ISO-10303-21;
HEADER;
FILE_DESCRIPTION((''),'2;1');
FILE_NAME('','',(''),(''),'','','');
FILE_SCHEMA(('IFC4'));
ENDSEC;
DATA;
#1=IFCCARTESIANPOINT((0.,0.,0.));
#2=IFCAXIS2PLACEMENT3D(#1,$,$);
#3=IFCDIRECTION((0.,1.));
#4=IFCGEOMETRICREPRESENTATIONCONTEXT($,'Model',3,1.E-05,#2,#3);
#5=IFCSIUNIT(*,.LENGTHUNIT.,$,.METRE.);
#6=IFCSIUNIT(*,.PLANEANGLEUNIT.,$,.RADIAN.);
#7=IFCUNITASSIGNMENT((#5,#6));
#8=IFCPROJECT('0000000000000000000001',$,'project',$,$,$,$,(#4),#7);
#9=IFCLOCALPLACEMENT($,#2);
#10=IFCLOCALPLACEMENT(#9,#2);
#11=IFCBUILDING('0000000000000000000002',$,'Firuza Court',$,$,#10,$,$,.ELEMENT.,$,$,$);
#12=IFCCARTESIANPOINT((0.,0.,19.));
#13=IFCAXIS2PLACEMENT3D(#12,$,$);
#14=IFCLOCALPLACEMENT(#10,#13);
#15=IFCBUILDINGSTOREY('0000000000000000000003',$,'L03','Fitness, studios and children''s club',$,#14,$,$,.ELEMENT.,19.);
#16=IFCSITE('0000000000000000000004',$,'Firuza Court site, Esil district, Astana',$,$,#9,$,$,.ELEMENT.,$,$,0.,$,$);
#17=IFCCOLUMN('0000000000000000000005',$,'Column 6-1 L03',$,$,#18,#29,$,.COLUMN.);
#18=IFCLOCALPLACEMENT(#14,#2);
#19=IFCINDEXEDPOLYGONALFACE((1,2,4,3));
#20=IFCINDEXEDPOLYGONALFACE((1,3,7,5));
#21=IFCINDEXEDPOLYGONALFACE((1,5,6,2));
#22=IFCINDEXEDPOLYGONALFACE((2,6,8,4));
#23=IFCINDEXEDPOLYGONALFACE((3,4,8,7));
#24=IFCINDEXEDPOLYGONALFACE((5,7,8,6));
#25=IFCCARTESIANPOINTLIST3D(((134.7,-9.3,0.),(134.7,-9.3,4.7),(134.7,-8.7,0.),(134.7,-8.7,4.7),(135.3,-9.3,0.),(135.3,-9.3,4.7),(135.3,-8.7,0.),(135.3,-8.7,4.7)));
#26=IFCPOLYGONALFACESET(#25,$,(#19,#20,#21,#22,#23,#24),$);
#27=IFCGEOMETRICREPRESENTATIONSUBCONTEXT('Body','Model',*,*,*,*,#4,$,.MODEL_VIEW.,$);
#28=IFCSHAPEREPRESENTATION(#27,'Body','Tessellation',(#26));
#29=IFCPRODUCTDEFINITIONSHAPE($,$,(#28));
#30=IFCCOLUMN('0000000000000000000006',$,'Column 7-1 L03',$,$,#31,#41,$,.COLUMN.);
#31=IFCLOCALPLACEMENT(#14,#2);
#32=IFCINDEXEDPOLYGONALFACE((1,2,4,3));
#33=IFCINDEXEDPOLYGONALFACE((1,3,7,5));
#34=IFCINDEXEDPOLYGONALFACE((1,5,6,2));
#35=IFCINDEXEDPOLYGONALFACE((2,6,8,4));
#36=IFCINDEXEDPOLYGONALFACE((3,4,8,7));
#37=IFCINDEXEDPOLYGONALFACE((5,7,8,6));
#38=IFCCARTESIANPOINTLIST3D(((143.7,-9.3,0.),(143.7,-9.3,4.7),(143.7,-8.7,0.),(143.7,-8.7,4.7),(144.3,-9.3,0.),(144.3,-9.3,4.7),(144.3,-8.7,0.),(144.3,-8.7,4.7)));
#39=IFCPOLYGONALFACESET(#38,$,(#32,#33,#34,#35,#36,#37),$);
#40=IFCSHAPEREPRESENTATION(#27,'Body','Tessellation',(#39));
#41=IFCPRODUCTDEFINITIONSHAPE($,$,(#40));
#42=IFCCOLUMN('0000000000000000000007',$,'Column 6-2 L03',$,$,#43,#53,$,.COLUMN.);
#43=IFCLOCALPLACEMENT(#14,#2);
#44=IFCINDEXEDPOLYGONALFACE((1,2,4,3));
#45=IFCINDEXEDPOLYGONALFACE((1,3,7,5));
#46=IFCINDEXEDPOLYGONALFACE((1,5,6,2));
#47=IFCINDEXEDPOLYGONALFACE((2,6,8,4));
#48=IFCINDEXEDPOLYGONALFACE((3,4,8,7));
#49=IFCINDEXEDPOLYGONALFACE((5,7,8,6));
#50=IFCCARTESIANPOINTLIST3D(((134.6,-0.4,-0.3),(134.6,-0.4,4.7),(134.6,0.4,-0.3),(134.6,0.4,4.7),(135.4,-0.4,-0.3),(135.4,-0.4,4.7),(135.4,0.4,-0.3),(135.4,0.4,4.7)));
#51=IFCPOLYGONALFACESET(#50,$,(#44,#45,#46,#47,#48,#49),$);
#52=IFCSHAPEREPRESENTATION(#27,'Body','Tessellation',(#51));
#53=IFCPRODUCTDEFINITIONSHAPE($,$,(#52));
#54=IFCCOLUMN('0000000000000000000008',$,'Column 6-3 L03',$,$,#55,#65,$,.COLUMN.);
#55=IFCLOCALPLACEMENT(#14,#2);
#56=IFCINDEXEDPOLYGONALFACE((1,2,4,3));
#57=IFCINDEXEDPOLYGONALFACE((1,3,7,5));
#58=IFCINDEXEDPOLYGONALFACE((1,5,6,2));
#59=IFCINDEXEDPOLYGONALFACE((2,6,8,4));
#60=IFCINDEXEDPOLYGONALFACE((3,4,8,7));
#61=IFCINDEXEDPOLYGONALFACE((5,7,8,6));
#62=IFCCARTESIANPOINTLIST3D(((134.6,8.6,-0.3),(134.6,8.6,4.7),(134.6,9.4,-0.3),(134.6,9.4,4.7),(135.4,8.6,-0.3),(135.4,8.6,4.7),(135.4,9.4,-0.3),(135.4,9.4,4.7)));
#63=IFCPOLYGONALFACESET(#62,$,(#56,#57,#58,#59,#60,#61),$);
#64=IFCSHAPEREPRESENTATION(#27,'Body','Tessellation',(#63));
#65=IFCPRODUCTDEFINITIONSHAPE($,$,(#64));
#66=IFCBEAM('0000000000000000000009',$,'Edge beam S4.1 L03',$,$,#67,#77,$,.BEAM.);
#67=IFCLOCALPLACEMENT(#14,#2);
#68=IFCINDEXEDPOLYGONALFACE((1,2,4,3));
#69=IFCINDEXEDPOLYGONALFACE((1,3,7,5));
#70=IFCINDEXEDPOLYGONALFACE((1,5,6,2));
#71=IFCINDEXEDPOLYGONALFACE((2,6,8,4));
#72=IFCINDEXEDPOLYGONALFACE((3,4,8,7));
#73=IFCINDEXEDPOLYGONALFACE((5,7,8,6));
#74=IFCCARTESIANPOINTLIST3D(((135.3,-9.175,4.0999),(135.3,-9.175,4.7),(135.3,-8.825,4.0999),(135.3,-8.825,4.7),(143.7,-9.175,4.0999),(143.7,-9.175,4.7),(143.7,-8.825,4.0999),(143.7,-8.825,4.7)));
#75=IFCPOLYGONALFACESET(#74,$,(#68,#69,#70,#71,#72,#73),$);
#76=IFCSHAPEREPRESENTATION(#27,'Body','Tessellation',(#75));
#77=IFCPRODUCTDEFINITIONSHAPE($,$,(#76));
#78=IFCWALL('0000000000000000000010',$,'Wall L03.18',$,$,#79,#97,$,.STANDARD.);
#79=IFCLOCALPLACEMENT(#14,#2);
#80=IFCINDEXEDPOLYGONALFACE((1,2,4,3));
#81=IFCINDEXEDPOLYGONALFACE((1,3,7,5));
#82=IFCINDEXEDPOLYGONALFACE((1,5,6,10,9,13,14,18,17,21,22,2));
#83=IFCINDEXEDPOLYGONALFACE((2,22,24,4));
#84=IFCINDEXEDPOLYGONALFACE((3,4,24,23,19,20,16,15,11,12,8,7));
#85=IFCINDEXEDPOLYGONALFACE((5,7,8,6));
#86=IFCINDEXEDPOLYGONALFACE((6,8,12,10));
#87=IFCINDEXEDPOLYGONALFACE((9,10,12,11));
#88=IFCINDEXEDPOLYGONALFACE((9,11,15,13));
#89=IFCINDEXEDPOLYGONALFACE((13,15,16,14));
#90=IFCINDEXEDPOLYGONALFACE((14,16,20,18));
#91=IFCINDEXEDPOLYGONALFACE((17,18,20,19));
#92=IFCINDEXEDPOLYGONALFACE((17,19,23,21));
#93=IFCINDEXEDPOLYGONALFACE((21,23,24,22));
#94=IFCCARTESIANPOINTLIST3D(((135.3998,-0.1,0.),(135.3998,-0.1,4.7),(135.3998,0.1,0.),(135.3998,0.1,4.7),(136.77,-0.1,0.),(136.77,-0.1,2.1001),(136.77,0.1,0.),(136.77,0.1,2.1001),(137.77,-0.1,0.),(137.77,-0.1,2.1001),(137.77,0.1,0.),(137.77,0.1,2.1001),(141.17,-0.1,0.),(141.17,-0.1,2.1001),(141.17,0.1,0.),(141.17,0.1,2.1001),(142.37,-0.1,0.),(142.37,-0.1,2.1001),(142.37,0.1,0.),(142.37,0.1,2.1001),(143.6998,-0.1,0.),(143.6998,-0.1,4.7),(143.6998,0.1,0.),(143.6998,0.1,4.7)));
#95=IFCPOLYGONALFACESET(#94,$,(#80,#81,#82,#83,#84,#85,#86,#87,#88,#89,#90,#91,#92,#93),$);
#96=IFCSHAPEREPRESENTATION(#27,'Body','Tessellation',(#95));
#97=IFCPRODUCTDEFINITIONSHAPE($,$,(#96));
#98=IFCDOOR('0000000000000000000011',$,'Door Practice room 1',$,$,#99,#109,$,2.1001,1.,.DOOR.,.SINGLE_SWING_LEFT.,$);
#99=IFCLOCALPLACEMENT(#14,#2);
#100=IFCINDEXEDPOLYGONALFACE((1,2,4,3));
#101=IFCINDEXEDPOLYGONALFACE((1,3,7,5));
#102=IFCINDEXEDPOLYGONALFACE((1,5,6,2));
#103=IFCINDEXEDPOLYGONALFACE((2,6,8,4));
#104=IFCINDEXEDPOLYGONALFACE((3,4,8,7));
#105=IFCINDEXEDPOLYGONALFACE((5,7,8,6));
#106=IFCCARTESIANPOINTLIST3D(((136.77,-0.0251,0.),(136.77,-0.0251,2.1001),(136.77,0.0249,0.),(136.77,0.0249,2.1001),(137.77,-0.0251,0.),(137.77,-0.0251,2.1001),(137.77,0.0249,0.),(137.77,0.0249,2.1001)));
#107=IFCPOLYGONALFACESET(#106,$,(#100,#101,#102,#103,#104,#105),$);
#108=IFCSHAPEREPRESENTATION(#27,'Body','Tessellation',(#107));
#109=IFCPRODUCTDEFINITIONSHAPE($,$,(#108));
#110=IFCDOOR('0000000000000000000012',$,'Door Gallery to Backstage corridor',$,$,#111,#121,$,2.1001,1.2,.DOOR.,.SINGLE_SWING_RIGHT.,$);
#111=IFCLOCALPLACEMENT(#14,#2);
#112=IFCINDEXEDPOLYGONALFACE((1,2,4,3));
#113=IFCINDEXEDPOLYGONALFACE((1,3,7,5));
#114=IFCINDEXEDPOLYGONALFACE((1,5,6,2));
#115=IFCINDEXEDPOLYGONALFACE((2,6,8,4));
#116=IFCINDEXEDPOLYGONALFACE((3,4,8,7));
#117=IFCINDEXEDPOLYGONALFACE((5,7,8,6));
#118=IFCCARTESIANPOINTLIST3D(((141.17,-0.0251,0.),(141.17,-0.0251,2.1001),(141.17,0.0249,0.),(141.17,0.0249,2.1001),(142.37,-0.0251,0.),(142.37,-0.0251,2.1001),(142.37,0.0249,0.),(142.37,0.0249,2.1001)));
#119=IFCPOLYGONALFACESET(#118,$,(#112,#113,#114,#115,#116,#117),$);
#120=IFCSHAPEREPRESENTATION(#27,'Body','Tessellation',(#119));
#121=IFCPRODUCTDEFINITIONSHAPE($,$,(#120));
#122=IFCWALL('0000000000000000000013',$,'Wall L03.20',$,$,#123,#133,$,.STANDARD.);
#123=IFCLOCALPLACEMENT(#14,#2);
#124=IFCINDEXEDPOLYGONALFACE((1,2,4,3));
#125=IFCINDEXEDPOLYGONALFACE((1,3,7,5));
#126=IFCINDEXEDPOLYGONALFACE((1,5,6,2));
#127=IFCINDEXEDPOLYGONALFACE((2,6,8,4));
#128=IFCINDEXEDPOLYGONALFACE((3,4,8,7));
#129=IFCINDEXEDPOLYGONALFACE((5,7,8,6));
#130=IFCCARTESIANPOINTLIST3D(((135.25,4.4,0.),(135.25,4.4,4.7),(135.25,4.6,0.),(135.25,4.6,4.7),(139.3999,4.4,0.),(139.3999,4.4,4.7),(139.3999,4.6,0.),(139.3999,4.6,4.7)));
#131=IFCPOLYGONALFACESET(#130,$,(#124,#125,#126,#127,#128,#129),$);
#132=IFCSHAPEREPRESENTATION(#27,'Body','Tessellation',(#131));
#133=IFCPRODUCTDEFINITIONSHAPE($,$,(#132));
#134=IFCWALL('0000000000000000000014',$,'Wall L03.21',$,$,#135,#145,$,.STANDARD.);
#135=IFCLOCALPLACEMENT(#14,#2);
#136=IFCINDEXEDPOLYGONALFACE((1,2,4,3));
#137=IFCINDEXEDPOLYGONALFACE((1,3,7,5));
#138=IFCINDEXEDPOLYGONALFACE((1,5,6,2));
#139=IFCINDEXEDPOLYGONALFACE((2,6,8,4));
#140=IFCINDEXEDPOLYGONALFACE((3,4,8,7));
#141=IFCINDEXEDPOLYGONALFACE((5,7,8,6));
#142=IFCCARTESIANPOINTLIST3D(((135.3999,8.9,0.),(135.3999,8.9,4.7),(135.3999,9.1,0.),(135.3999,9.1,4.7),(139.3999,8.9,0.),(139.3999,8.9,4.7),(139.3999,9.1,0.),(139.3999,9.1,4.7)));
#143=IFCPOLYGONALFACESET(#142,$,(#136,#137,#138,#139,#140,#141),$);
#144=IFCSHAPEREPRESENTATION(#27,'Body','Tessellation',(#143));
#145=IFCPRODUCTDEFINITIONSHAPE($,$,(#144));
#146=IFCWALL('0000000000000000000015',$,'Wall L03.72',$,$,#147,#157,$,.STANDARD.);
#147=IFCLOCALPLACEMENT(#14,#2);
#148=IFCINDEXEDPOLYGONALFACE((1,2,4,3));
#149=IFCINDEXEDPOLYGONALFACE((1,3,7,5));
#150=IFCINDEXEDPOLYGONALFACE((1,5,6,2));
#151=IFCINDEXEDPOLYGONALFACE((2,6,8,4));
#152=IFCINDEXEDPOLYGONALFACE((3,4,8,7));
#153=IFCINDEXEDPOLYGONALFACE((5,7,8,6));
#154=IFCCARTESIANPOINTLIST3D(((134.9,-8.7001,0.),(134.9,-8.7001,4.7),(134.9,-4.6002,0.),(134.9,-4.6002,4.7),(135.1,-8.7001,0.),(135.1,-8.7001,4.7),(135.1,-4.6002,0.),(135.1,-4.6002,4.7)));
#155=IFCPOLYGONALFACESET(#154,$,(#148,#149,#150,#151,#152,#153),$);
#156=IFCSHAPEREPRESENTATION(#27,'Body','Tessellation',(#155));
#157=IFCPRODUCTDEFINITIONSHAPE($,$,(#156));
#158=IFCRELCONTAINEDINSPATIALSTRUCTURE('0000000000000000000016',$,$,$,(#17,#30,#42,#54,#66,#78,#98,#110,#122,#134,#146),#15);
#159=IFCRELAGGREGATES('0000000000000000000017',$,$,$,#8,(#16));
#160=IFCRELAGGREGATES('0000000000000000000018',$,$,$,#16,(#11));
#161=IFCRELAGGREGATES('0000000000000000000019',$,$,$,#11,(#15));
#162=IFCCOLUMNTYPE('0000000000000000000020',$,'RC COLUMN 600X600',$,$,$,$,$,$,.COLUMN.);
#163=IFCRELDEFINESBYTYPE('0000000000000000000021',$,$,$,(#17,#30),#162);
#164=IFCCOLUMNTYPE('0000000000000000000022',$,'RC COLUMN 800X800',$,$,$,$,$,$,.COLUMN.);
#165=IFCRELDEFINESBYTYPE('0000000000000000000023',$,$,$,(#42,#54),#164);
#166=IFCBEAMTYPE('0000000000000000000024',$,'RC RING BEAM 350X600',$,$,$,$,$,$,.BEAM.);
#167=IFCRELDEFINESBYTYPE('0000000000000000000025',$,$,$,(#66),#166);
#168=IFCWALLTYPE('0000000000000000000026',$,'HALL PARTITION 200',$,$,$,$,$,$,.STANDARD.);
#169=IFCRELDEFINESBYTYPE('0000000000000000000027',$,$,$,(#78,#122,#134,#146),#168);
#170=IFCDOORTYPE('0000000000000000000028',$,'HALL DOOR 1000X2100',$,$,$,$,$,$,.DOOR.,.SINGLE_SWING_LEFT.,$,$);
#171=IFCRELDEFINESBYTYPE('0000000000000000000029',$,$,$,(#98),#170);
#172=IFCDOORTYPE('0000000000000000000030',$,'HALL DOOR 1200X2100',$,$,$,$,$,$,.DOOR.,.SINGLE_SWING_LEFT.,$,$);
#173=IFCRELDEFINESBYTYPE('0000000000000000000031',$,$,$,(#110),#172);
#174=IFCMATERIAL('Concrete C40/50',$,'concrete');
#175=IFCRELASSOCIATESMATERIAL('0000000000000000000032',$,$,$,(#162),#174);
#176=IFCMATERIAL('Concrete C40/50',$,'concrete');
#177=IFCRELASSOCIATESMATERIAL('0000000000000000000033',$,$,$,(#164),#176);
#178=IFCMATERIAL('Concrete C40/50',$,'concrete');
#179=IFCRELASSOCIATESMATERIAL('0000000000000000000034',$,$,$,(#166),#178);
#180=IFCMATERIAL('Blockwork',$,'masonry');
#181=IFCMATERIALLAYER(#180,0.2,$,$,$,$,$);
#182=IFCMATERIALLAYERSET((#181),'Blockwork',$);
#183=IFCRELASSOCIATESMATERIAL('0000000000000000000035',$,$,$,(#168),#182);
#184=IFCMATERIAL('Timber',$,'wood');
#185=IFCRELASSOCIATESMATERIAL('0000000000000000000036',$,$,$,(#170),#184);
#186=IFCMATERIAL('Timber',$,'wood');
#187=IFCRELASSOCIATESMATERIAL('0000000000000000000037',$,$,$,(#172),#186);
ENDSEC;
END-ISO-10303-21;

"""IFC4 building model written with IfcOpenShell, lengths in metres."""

from ifc_helpers import new_model, si_unit, direction, frame, frame_2d, origin, origin_2d, place, context, subcontext, project, spatial, rectangle, extrude, material, layer, layer_set, material_profile, profile_set, type_object, element, fill, save


model = new_model("IFC4")

# Units and contexts
model_context = context("Model", 3, precision=1e-05, world=origin(), true_north=direction((0.0, 1.0)))
body_context = subcontext(model_context, "Body", "Model", "MODEL_VIEW")
ifc_project = project(units=[si_unit("LENGTHUNIT", "METRE"), si_unit("PLANEANGLEUNIT", "RADIAN")], contexts=[model_context])

# Site, building, storey
site_placement = place(None, origin())
site = spatial("IfcSite", under=ifc_project, at=site_placement, Name="Firuza Court site, Esil district, Astana", CompositionType="ELEMENT", RefElevation=0.0)
building_placement = place(site_placement, origin())
building = spatial("IfcBuilding", under=site, at=building_placement, Name="Firuza Court", CompositionType="ELEMENT")
storey_placement = place(building_placement, frame((0.0, 0.0, 19.0)))
storey = spatial("IfcBuildingStorey", under=building, at=storey_placement, Name="L03", Description="Fitness, studios and children's club", CompositionType="ELEMENT", Elevation=19.0)

# Columns
ifc_material_1 = material(Name="Concrete C40/50", Category="concrete")
ifc_material_profile_1 = material_profile(ifc_material_1, rectangle(XDim=0.6001, YDim=0.6001, at=origin_2d()), Name="RC 600X600")
ifc_profile_set_1 = profile_set([ifc_material_profile_1], Name="Concrete C40/50")
column_type_1 = type_object("IfcColumnType", Name="RC COLUMN 600X600", PredefinedType="COLUMN", material=ifc_profile_set_1)
for number, where, z_axis, x_axis, name in (
    (1, (135.0, -9.0, 0.0), (0.0, 0.0, 1.0), (1.0, 0.0, 0.0), "Column 6-1 L03"),
    (2, (144.0, -9.0, 0.0), (0.0, 0.0, 1.0), (1.0, 0.0, 0.0), "Column 7-1 L03"),
):
    element("IfcColumn", number, at=place(storey_placement, frame(where, z_axis=z_axis, x_axis=x_axis)), inside=storey, type_object=column_type_1, Name=name, PredefinedType="COLUMN", context=body_context, shape_type="SweptSolid", body=[
        extrude(rectangle(XDim=0.6001, YDim=0.6001, at=origin_2d()), origin(), (0.0, 0.0, 1.0), 4.7),
    ])
ifc_material_2 = material(Name="Concrete C40/50", Category="concrete")
ifc_material_profile_2 = material_profile(ifc_material_2, rectangle(XDim=0.8, YDim=0.8, at=origin_2d()), Name="RC 800X800")
ifc_profile_set_2 = profile_set([ifc_material_profile_2], Name="Concrete C40/50")
column_type_2 = type_object("IfcColumnType", Name="RC COLUMN 800X800", PredefinedType="COLUMN", material=ifc_profile_set_2)
for number, where, z_axis, x_axis, name in (
    (3, (135.0, 0.0, -0.3), (0.0, 0.0, 1.0), (1.0, 0.0, 0.0), "Column 6-2 L03"),
    (4, (135.0, 9.0, -0.3), (0.0, 0.0, 1.0), (1.0, 0.0, 0.0), "Column 6-3 L03"),
):
    element("IfcColumn", number, at=place(storey_placement, frame(where, z_axis=z_axis, x_axis=x_axis)), inside=storey, type_object=column_type_2, Name=name, PredefinedType="COLUMN", context=body_context, shape_type="SweptSolid", body=[
        extrude(rectangle(XDim=0.8, YDim=0.8, at=origin_2d()), origin(), (0.0, 0.0, 1.0), 5.0),
    ])

# Beam
ifc_material_3 = material(Name="Concrete C40/50", Category="concrete")
ifc_material_profile_3 = material_profile(ifc_material_3, rectangle(XDim=0.3501, YDim=0.6001, at=origin_2d()), Name="RC 350X600")
ifc_profile_set_3 = profile_set([ifc_material_profile_3], Name="Concrete C40/50")
beam_type = type_object("IfcBeamType", Name="RC RING BEAM 350X600", PredefinedType="BEAM", material=ifc_profile_set_3)
beam_placement = place(storey_placement, frame((135.3, -9.0, 4.3999), z_axis=(1.0, 0.0, 0.0), x_axis=(0.0, 1.0, 0.0)))
element("IfcBeam", 5, at=beam_placement, inside=storey, type_object=beam_type, Name="Edge beam S4.1 L03", PredefinedType="BEAM", context=body_context, shape_type="SweptSolid", body=[
    extrude(rectangle(XDim=0.3501, YDim=0.6001, at=origin_2d()), origin(), (0.0, 0.0, 1.0), 8.3999),
])

# Wall, openings, doors
ifc_material_4 = material(Name="Blockwork", Category="masonry")
ifc_layer_1 = layer(ifc_material_4, 0.2)
ifc_layer_set_1 = layer_set([ifc_layer_1], Name="Blockwork")
wall_type_1 = type_object("IfcWallType", Name="HALL PARTITION 200", PredefinedType="STANDARD", material=ifc_layer_set_1)
wall_1_placement = place(storey_placement, frame((135.3999, 0.0, 0.0), z_axis=(0.0, 0.0, 1.0), x_axis=(1.0, 0.0, 0.0)))
wall_1 = element("IfcWall", 6, at=wall_1_placement, inside=storey, type_object=wall_type_1, Name="Wall L03.18", PredefinedType="STANDARD", context=body_context, shape_type="SweptSolid", body=[
    extrude(rectangle(XDim=8.3, YDim=0.2, at=frame_2d((4.1499, 0.0))), origin(), (0.0, 0.0, 1.0), 4.7),
])
opening_1_placement = place(wall_1_placement, frame((5.77, 0.0, 0.0)))
opening_1 = element("IfcOpeningElement", 7, at=opening_1_placement, cuts=wall_1, PredefinedType="OPENING", context=body_context, shape_type="SweptSolid", body=[
    extrude(rectangle(XDim=1.2, YDim=2.1001, at=frame_2d((0.6001, 1.05))), frame((0.0, 0.1118, 0.0), z_axis=(0.0, -1.0, 0.0), x_axis=(1.0, 0.0, 0.0)), (0.0, 0.0, 1.0), 0.2239),
])
opening_2_placement = place(wall_1_placement, frame((1.3701, 0.0, 0.0)))
opening_2 = element("IfcOpeningElement", 8, at=opening_2_placement, cuts=wall_1, PredefinedType="OPENING", context=body_context, shape_type="SweptSolid", body=[
    extrude(rectangle(XDim=1.0, YDim=2.1001, at=frame_2d((0.5, 1.05))), frame((0.0, 0.1118, 0.0), z_axis=(0.0, -1.0, 0.0), x_axis=(1.0, 0.0, 0.0)), (0.0, 0.0, 1.0), 0.2239),
])
ifc_material_5 = material(Name="Timber", Category="wood")
door_type_1 = type_object("IfcDoorType", Name="HALL DOOR 1000X2100", OperationType="SINGLE_SWING_LEFT", PredefinedType="DOOR", material=ifc_material_5)
door_1_placement = place(opening_2_placement, origin())
door_1 = element("IfcDoor", 9, at=door_1_placement, inside=storey, type_object=door_type_1, Name="Door Practice room 1", OperationType="SINGLE_SWING_LEFT", OverallHeight=2.1001, OverallWidth=1.0, PredefinedType="DOOR", context=body_context, shape_type="SweptSolid", body=[
    extrude(rectangle(XDim=1.0, YDim=2.1001, at=frame_2d((0.5, 1.05))), frame((0.0, 0.0249, 0.0), z_axis=(0.0, -1.0, 0.0), x_axis=(1.0, 0.0, 0.0)), (0.0, 0.0, 1.0), 0.05),
])
fill(opening_2, door_1)
ifc_material_6 = material(Name="Timber", Category="wood")
door_type_2 = type_object("IfcDoorType", Name="HALL DOOR 1200X2100", OperationType="SINGLE_SWING_LEFT", PredefinedType="DOOR", material=ifc_material_6)
door_2_placement = place(opening_1_placement, origin())
door_2 = element("IfcDoor", 10, at=door_2_placement, inside=storey, type_object=door_type_2, Name="Door Gallery to Backstage corridor", OperationType="SINGLE_SWING_RIGHT", OverallHeight=2.1001, OverallWidth=1.2, PredefinedType="DOOR", context=body_context, shape_type="SweptSolid", body=[
    extrude(rectangle(XDim=1.2, YDim=2.1001, at=frame_2d((0.6001, 1.05))), frame((0.0, 0.0249, 0.0), z_axis=(0.0, -1.0, 0.0), x_axis=(1.0, 0.0, 0.0)), (0.0, 0.0, 1.0), 0.05),
])
fill(opening_1, door_2)

# Walls
wall_2_placement = place(storey_placement, frame((135.25, 4.5, 0.0), z_axis=(0.0, 0.0, 1.0), x_axis=(1.0, 0.0, 0.0)))
element("IfcWall", 11, at=wall_2_placement, inside=storey, type_object=wall_type_1, Name="Wall L03.20", PredefinedType="STANDARD", context=body_context, shape_type="SweptSolid", body=[
    extrude(rectangle(XDim=4.1499, YDim=0.2, at=frame_2d((2.075, 0.0))), origin(), (0.0, 0.0, 1.0), 4.7),
])
wall_3_placement = place(storey_placement, frame((135.3999, 9.0, 0.0), z_axis=(0.0, 0.0, 1.0), x_axis=(1.0, 0.0, 0.0)))
element("IfcWall", 12, at=wall_3_placement, inside=storey, type_object=wall_type_1, Name="Wall L03.21", PredefinedType="STANDARD", context=body_context, shape_type="SweptSolid", body=[
    extrude(rectangle(XDim=4.0, YDim=0.2, at=frame_2d((2.0, 0.0))), origin(), (0.0, 0.0, 1.0), 4.7),
])
wall_4_placement = place(storey_placement, frame((135.0, -8.7, 0.0), z_axis=(0.0, 0.0, 1.0), x_axis=(0.0, 1.0, 0.0)))
element("IfcWall", 13, at=wall_4_placement, inside=storey, type_object=wall_type_1, Name="Wall L03.72", PredefinedType="STANDARD", context=body_context, shape_type="SweptSolid", body=[
    extrude(rectangle(XDim=4.0999, YDim=0.2, at=frame_2d((2.0498, 0.0))), origin(), (0.0, 0.0, 1.0), 4.7),
])

save(model, "model.ifc")
